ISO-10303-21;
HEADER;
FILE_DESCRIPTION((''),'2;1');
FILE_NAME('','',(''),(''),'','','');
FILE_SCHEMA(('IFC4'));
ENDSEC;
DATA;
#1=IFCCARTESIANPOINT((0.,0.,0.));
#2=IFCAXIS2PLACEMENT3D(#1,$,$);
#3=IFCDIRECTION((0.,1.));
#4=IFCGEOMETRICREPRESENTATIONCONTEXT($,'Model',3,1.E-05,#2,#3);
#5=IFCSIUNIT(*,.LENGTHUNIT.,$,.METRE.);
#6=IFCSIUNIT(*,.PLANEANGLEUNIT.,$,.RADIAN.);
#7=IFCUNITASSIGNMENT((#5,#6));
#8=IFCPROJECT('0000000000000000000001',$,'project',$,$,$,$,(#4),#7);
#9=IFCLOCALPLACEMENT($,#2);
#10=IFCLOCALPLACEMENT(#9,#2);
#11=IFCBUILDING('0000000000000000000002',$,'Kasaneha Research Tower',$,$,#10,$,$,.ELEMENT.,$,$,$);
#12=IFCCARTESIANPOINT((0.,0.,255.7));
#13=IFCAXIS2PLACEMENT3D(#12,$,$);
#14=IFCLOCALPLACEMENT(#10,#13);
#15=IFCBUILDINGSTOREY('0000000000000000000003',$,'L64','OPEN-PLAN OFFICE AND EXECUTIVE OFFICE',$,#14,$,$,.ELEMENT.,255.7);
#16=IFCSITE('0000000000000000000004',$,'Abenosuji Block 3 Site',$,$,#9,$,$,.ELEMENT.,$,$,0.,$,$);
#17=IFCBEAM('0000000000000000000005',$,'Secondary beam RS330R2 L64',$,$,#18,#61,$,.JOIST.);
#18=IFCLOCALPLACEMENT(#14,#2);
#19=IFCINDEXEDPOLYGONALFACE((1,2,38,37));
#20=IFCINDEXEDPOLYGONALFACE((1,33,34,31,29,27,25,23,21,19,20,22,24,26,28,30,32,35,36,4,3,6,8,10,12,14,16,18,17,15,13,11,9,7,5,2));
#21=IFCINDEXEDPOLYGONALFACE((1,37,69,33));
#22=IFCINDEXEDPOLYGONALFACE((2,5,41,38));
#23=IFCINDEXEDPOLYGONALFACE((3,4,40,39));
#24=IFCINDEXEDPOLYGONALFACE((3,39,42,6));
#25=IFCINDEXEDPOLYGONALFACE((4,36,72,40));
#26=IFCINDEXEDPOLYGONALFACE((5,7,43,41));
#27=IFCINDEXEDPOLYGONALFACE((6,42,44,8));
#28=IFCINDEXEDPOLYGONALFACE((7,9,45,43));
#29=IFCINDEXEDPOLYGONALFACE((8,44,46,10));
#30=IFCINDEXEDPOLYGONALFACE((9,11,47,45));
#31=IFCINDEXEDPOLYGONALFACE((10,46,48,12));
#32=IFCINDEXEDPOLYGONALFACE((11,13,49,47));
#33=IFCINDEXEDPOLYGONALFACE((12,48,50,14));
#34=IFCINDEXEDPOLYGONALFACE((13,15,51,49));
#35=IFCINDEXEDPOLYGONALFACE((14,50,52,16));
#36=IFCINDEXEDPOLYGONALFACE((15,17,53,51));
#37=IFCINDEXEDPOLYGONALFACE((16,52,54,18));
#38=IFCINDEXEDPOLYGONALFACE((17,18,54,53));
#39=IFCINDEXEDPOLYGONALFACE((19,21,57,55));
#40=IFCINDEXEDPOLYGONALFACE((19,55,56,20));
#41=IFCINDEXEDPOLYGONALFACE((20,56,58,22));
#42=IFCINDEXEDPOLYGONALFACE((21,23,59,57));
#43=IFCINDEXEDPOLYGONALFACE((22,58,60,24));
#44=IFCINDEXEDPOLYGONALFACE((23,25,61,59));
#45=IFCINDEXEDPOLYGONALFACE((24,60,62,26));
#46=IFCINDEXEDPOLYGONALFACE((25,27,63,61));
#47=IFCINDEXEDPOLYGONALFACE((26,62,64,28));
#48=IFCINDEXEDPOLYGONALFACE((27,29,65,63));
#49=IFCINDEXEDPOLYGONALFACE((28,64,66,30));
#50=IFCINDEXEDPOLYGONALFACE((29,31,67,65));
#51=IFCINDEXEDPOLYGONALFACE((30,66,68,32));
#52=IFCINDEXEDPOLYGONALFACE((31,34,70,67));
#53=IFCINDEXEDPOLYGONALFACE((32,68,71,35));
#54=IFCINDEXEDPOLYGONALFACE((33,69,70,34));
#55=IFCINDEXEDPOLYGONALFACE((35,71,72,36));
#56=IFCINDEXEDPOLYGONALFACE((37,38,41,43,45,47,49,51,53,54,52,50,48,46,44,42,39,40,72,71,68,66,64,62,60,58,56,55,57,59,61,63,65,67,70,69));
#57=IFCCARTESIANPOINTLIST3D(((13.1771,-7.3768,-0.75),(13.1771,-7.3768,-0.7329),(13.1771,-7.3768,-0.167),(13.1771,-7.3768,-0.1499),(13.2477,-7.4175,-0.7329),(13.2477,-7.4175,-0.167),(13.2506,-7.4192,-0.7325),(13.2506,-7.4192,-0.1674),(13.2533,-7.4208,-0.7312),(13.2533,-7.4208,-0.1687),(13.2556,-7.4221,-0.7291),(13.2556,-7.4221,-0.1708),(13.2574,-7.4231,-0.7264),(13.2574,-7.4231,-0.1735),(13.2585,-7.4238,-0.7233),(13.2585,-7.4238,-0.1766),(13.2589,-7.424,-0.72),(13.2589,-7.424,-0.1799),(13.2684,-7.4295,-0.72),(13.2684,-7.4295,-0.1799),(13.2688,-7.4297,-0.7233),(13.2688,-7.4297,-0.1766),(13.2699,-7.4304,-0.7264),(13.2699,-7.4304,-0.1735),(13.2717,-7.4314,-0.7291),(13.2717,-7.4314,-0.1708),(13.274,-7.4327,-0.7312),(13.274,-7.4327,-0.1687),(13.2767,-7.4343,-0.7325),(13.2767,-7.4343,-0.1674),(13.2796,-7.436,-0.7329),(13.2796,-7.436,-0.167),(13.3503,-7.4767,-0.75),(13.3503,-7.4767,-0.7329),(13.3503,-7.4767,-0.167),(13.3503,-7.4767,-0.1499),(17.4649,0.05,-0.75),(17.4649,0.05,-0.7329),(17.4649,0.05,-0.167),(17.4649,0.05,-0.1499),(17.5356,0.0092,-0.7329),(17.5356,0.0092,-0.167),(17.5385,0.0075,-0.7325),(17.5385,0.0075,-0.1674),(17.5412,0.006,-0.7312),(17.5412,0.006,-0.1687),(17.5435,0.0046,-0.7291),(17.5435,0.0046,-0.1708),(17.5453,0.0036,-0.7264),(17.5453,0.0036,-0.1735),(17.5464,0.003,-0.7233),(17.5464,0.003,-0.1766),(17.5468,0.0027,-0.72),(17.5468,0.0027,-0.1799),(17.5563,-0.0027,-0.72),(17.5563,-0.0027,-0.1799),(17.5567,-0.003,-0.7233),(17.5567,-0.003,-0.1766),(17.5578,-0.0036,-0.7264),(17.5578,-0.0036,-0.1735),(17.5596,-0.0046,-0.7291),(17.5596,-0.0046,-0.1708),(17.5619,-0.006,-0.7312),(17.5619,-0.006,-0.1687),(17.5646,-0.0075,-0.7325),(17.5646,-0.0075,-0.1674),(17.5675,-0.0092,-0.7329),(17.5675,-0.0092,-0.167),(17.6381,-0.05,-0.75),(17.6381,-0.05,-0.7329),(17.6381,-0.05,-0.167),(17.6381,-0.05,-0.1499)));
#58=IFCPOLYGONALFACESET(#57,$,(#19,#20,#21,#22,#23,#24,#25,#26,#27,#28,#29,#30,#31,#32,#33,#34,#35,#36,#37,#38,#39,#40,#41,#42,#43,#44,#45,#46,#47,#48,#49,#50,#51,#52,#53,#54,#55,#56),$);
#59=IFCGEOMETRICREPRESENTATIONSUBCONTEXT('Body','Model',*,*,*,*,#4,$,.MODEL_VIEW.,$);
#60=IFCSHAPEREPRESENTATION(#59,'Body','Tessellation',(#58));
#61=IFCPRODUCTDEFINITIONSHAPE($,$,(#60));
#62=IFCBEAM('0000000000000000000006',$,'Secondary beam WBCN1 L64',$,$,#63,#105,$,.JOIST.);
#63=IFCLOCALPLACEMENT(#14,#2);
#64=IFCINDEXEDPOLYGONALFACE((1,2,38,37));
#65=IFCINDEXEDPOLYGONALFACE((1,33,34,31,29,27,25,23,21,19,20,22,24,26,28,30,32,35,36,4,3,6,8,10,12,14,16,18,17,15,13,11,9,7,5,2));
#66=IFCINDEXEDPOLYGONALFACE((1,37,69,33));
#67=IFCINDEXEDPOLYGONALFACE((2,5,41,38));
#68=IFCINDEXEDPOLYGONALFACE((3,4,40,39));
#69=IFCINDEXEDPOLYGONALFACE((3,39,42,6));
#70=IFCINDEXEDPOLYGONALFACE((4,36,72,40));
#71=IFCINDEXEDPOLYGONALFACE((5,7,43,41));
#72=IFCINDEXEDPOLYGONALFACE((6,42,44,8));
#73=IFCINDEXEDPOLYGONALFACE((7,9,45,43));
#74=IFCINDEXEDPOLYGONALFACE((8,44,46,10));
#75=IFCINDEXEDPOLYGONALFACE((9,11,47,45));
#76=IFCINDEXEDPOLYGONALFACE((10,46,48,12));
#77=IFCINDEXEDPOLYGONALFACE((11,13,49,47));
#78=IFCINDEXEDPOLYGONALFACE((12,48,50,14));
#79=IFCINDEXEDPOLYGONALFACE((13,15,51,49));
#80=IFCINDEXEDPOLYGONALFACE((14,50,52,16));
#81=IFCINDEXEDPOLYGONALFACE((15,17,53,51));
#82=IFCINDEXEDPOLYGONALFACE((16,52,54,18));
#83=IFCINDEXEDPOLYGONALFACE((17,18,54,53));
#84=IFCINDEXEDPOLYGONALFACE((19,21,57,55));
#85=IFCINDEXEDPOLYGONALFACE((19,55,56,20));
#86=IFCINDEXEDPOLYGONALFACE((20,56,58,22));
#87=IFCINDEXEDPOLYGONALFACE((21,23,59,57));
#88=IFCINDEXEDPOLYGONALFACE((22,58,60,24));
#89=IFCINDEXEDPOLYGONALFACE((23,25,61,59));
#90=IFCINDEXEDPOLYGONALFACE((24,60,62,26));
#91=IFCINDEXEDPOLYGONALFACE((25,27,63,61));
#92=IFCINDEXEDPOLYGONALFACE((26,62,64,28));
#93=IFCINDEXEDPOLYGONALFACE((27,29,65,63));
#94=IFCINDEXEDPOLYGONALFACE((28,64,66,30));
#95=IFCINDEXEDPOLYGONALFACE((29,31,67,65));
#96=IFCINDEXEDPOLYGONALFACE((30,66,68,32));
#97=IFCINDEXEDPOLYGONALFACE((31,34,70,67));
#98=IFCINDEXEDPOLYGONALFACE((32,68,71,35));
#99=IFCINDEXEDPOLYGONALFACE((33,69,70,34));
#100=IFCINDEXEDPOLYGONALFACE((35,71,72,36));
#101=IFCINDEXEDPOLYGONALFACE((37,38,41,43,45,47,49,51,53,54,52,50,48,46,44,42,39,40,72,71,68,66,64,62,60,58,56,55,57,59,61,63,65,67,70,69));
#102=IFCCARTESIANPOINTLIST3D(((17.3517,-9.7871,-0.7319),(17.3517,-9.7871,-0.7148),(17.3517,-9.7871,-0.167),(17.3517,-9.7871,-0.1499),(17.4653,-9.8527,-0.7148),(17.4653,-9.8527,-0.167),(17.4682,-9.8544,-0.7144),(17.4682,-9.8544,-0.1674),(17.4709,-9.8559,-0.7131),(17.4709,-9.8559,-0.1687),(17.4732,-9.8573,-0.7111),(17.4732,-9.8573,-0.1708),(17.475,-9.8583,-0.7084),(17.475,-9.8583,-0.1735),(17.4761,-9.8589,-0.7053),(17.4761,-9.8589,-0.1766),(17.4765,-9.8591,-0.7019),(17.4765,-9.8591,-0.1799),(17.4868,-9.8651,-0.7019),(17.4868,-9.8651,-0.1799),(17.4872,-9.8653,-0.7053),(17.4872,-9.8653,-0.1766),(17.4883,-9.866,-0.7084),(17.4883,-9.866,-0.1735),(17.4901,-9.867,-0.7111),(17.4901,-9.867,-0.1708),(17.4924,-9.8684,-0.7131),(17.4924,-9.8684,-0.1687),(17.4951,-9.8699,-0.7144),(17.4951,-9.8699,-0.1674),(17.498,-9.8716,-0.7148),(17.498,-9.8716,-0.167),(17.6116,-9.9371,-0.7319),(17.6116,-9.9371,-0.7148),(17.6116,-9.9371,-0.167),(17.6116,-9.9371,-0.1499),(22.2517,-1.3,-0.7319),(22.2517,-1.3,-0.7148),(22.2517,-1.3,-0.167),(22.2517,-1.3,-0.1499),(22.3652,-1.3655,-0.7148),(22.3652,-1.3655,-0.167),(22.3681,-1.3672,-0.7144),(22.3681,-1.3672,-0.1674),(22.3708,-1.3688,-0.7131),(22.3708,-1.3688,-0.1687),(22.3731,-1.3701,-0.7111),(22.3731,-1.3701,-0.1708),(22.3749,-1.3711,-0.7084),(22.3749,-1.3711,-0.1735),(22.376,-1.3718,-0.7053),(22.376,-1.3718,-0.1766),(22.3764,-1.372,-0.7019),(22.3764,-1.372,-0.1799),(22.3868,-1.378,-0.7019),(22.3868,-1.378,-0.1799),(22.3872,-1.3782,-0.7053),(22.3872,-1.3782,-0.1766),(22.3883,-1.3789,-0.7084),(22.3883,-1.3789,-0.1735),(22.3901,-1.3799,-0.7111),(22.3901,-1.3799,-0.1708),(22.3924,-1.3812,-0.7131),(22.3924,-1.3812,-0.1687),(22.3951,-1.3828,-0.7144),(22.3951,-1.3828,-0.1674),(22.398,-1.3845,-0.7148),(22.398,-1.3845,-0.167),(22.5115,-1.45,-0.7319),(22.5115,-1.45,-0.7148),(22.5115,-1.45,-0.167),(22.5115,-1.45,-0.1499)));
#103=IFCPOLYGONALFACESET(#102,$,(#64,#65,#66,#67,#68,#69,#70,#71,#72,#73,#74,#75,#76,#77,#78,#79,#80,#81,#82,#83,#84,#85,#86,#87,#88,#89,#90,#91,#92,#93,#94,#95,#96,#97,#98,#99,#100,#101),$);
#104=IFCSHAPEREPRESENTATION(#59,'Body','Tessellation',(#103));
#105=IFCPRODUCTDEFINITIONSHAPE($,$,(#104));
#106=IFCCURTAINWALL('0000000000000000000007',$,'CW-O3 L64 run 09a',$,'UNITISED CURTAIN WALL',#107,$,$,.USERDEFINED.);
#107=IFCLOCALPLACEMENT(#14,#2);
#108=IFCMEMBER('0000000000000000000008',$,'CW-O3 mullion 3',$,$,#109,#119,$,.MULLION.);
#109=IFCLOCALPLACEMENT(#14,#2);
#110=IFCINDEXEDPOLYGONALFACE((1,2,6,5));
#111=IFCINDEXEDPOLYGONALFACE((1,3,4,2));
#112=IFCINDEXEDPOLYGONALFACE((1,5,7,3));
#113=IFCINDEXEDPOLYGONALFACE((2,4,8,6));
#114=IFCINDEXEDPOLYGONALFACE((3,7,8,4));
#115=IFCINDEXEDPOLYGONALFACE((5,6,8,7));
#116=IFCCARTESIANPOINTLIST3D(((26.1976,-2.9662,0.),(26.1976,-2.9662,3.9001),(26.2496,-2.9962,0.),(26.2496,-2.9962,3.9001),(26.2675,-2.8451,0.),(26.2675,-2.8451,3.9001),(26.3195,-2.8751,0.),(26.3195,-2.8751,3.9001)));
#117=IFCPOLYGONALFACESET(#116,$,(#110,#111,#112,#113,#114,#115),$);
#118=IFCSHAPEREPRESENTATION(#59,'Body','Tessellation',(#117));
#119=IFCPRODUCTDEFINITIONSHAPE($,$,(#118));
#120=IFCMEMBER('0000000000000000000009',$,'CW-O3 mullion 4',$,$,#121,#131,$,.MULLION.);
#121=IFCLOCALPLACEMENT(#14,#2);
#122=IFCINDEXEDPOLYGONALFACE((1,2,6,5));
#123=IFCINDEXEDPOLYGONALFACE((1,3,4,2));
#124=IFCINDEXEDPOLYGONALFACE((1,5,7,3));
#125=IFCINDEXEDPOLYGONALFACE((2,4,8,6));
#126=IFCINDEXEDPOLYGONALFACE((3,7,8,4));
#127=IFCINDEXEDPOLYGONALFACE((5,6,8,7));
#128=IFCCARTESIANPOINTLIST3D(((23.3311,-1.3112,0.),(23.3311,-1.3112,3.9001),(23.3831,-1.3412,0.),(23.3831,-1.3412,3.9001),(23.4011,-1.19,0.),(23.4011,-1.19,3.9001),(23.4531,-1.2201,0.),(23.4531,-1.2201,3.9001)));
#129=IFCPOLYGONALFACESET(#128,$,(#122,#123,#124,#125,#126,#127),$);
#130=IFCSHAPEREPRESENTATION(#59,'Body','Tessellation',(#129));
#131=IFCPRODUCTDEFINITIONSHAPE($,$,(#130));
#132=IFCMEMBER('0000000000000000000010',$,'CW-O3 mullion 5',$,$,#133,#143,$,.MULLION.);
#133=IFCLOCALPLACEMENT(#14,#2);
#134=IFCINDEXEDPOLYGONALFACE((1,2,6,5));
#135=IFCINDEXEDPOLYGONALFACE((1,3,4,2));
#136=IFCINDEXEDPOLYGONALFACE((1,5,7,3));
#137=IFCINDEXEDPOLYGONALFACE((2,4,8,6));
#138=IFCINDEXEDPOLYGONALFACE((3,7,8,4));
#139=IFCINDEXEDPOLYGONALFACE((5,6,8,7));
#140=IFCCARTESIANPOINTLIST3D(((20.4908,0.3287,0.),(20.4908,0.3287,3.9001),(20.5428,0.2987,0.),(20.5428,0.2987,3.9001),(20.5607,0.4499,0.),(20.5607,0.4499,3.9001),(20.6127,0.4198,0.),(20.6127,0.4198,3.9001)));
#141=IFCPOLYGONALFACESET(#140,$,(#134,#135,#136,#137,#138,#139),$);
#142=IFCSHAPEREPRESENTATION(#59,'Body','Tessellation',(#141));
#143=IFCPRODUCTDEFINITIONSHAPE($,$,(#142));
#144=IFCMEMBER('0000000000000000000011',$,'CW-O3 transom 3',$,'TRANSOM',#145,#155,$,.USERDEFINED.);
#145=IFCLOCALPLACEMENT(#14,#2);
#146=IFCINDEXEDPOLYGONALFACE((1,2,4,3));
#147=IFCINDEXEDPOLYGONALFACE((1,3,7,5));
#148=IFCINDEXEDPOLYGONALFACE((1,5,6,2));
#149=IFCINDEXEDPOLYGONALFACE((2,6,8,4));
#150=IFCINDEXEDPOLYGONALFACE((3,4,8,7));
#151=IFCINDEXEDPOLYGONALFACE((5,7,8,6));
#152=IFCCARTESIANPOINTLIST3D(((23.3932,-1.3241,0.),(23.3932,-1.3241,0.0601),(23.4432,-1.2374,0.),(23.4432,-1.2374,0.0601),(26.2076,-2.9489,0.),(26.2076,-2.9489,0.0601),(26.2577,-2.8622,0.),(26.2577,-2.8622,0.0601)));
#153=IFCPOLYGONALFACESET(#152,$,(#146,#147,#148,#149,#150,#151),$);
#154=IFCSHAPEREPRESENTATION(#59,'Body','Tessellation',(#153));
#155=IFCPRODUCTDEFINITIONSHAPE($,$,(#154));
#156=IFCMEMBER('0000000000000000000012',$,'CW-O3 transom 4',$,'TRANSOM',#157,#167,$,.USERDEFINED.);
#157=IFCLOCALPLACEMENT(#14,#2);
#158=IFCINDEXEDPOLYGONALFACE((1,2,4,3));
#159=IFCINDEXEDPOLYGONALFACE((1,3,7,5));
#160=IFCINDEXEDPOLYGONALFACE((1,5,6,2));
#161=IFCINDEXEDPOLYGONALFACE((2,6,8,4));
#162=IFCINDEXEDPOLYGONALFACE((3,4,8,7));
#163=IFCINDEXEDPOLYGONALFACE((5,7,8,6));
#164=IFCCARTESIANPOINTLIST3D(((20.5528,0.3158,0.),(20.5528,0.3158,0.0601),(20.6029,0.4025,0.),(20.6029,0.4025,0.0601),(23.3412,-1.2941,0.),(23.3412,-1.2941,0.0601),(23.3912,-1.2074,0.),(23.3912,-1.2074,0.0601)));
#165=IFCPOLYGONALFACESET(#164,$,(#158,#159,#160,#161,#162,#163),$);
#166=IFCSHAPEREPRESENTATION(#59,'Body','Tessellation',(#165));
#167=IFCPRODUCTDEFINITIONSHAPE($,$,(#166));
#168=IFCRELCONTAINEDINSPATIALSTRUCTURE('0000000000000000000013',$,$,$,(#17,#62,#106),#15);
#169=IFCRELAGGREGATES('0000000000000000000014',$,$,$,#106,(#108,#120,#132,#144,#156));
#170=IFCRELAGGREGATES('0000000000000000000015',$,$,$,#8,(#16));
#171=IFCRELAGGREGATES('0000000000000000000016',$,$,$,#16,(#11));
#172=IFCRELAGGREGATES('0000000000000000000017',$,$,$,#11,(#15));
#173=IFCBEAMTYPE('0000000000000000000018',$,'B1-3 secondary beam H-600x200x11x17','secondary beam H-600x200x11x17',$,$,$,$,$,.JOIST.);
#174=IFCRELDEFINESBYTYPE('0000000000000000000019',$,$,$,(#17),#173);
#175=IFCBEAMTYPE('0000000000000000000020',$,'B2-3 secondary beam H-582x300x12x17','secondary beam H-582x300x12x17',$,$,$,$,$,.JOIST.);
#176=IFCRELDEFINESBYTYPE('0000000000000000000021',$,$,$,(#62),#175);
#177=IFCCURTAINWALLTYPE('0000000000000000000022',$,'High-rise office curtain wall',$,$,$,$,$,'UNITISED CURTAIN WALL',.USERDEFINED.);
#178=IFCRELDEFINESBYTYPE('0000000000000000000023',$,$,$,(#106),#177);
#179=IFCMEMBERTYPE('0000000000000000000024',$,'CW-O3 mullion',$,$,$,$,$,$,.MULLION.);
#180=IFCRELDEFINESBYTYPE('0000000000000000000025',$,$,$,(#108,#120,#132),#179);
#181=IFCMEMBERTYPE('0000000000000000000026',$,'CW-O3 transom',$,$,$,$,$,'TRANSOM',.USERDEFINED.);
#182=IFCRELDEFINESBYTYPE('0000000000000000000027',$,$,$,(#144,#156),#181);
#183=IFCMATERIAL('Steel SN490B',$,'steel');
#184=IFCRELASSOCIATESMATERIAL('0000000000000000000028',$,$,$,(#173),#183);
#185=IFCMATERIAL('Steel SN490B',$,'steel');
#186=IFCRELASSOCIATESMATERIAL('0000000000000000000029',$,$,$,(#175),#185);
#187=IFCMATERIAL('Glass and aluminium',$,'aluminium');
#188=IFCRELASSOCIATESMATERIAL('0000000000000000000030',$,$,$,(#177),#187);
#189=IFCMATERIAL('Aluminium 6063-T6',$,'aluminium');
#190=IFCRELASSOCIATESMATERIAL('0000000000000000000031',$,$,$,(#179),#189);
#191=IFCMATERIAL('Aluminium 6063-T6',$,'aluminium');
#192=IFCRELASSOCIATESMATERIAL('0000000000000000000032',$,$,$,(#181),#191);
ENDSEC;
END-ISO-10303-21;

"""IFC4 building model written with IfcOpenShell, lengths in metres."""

from ifc_helpers import new_model, si_unit, direction, frame, origin, origin_2d, place, context, subcontext, project, spatial, rectangle, i_section, extrude, material, material_profile, profile_set, type_object, element, aggregate, save


model = new_model("IFC4")

# Units and contexts
model_context = context("Model", 3, precision=1e-05, world=origin(), true_north=direction((0.0, 1.0)))
body_context = subcontext(model_context, "Body", "Model", "MODEL_VIEW")
ifc_project = project(units=[si_unit("LENGTHUNIT", "METRE"), si_unit("PLANEANGLEUNIT", "RADIAN")], contexts=[model_context])

# Site, building, storey
site_placement = place(None, origin())
site = spatial("IfcSite", under=ifc_project, at=site_placement, Name="Abenosuji Block 3 Site", CompositionType="ELEMENT", RefElevation=0.0)
building_placement = place(site_placement, origin())
building = spatial("IfcBuilding", under=site, at=building_placement, Name="Kasaneha Research Tower", CompositionType="ELEMENT")
storey_placement = place(building_placement, frame((0.0, 0.0, 255.7)))
storey = spatial("IfcBuildingStorey", under=building, at=storey_placement, Name="L64", Description="OPEN-PLAN OFFICE AND EXECUTIVE OFFICE", CompositionType="ELEMENT", Elevation=255.7)

# Beams
ifc_material_1 = material(Name="Steel SN490B", Category="steel")
ifc_material_profile_1 = material_profile(ifc_material_1, i_section(OverallWidth=0.2, OverallDepth=0.6001, WebThickness=0.011, FlangeThickness=0.0171, FilletRadius=0.0129, at=origin_2d()), Name="H-600x200x11x17")
ifc_profile_set_1 = profile_set([ifc_material_profile_1], Name="Steel SN490B")
beam_type_1 = type_object("IfcBeamType", Name="B1-3 secondary beam H-600x200x11x17", Description="secondary beam H-600x200x11x17", PredefinedType="JOIST", material=ifc_profile_set_1)
beam_1_placement = place(storey_placement, frame((17.5515, 0.0, -0.45), z_axis=(-0.5, -0.866025, 0.0), x_axis=(0.866025, -0.5, 0.0)))
element("IfcBeam", 1, at=beam_1_placement, inside=storey, type_object=beam_type_1, Name="Secondary beam RS330R2 L64", PredefinedType="JOIST", context=body_context, shape_type="SweptSolid", body=[
    extrude(i_section(OverallWidth=0.2, OverallDepth=0.6001, WebThickness=0.011, FlangeThickness=0.0171, FilletRadius=0.0129, at=origin_2d()), origin(), (0.0, 0.0, 1.0), 8.5757),
])
ifc_material_2 = material(Name="Steel SN490B", Category="steel")
ifc_material_profile_2 = material_profile(ifc_material_2, i_section(OverallWidth=0.3, OverallDepth=0.582, WebThickness=0.012, FlangeThickness=0.0171, FilletRadius=0.0129, at=origin_2d()), Name="H-582x300x12x17")
ifc_profile_set_2 = profile_set([ifc_material_profile_2], Name="Steel SN490B")
beam_type_2 = type_object("IfcBeamType", Name="B2-3 secondary beam H-582x300x12x17", Description="secondary beam H-582x300x12x17", PredefinedType="JOIST", material=ifc_profile_set_2)
beam_2_placement = place(storey_placement, frame((22.3816, -1.375, -0.4409), z_axis=(-0.499992, -0.86603, 0.0), x_axis=(0.86603, -0.499992, 0.0)))
element("IfcBeam", 2, at=beam_2_placement, inside=storey, type_object=beam_type_2, Name="Secondary beam WBCN1 L64", PredefinedType="JOIST", context=body_context, shape_type="SweptSolid", body=[
    extrude(i_section(OverallWidth=0.3, OverallDepth=0.582, WebThickness=0.012, FlangeThickness=0.0171, FilletRadius=0.0129, at=origin_2d()), origin(), (0.0, 0.0, 1.0), 9.8),
])

# Curtain wall, members
ifc_material_3 = material(Name="Glass and aluminium", Category="aluminium")
curtain_wall_type = type_object("IfcCurtainWallType", Name="High-rise office curtain wall", ElementType="UNITISED CURTAIN WALL", PredefinedType="USERDEFINED", material=ifc_material_3)
curtain_wall_placement = place(storey_placement, origin())
curtain_wall = element("IfcCurtainWall", 3, at=curtain_wall_placement, inside=storey, type_object=curtain_wall_type, Name="CW-O3 L64 run 09a", ObjectType="UNITISED CURTAIN WALL", PredefinedType="USERDEFINED")
ifc_material_4 = material(Name="Aluminium 6063-T6", Category="aluminium")
ifc_material_profile_3 = material_profile(ifc_material_4, rectangle(XDim=0.0601, YDim=0.1399, at=origin_2d()), Name="CW-O3 mullion 60x140")
ifc_profile_set_3 = profile_set([ifc_material_profile_3], Name="Aluminium 6063-T6")
member_type_1 = type_object("IfcMemberType", Name="CW-O3 mullion", PredefinedType="MULLION", material=ifc_profile_set_3)
member_1_placement = place(storey_placement, frame((26.2585, -2.9207, 0.0), z_axis=(0.0, 0.0, 1.0), x_axis=(-0.866025, 0.5, 0.0)))
member_1 = element("IfcMember", 4, at=member_1_placement, type_object=member_type_1, Name="CW-O3 mullion 3", PredefinedType="MULLION", context=body_context, shape_type="SweptSolid", body=[
    extrude(rectangle(XDim=0.0601, YDim=0.1399, at=origin_2d()), origin(), (0.0, 0.0, 1.0), 3.9001),
])
member_2_placement = place(storey_placement, frame((23.3921, -1.2656, 0.0), z_axis=(0.0, 0.0, 1.0), x_axis=(-0.866025, 0.5, 0.0)))
member_2 = element("IfcMember", 5, at=member_2_placement, type_object=member_type_1, Name="CW-O3 mullion 4", PredefinedType="MULLION", context=body_context, shape_type="SweptSolid", body=[
    extrude(rectangle(XDim=0.0601, YDim=0.1399, at=origin_2d()), origin(), (0.0, 0.0, 1.0), 3.9001),
])
member_3_placement = place(storey_placement, frame((20.5518, 0.3743, 0.0), z_axis=(0.0, 0.0, 1.0), x_axis=(-0.866025, 0.5, 0.0)))
member_3 = element("IfcMember", 6, at=member_3_placement, type_object=member_type_1, Name="CW-O3 mullion 5", PredefinedType="MULLION", context=body_context, shape_type="SweptSolid", body=[
    extrude(rectangle(XDim=0.0601, YDim=0.1399, at=origin_2d()), origin(), (0.0, 0.0, 1.0), 3.9001),
])
ifc_material_5 = material(Name="Aluminium 6063-T6", Category="aluminium")
ifc_material_profile_4 = material_profile(ifc_material_5, rectangle(XDim=0.1001, YDim=0.0601, at=origin_2d()), Name="CW-O3 transom 100x60")
ifc_profile_set_4 = profile_set([ifc_material_profile_4], Name="Aluminium 6063-T6")
member_type_2 = type_object("IfcMemberType", Name="CW-O3 transom", ElementType="TRANSOM", PredefinedType="USERDEFINED", material=ifc_profile_set_4)
member_4_placement = place(storey_placement, frame((26.2327, -2.9055, 0.03), z_axis=(-0.866048, 0.499961, 0.0), x_axis=(-0.499961, -0.866048, 0.0)))
member_4 = element("IfcMember", 7, at=member_4_placement, type_object=member_type_2, Name="CW-O3 transom 3", ObjectType="TRANSOM", PredefinedType="USERDEFINED", context=body_context, shape_type="SweptSolid", body=[
    extrude(rectangle(XDim=0.1001, YDim=0.0601, at=origin_2d()), origin(), (0.0, 0.0, 1.0), 3.2498),
])
member_5_placement = place(storey_placement, frame((23.3662, -1.2507, 0.03), z_axis=(-0.866023, 0.500005, 0.0), x_axis=(-0.500005, -0.866023, 0.0)))
member_5 = element("IfcMember", 8, at=member_5_placement, type_object=member_type_2, Name="CW-O3 transom 4", ObjectType="TRANSOM", PredefinedType="USERDEFINED", context=body_context, shape_type="SweptSolid", body=[
    extrude(rectangle(XDim=0.1001, YDim=0.0601, at=origin_2d()), origin(), (0.0, 0.0, 1.0), 3.2197),
])

aggregate(curtain_wall, [member_1, member_2, member_3, member_4, member_5])

save(model, "model.ifc")
